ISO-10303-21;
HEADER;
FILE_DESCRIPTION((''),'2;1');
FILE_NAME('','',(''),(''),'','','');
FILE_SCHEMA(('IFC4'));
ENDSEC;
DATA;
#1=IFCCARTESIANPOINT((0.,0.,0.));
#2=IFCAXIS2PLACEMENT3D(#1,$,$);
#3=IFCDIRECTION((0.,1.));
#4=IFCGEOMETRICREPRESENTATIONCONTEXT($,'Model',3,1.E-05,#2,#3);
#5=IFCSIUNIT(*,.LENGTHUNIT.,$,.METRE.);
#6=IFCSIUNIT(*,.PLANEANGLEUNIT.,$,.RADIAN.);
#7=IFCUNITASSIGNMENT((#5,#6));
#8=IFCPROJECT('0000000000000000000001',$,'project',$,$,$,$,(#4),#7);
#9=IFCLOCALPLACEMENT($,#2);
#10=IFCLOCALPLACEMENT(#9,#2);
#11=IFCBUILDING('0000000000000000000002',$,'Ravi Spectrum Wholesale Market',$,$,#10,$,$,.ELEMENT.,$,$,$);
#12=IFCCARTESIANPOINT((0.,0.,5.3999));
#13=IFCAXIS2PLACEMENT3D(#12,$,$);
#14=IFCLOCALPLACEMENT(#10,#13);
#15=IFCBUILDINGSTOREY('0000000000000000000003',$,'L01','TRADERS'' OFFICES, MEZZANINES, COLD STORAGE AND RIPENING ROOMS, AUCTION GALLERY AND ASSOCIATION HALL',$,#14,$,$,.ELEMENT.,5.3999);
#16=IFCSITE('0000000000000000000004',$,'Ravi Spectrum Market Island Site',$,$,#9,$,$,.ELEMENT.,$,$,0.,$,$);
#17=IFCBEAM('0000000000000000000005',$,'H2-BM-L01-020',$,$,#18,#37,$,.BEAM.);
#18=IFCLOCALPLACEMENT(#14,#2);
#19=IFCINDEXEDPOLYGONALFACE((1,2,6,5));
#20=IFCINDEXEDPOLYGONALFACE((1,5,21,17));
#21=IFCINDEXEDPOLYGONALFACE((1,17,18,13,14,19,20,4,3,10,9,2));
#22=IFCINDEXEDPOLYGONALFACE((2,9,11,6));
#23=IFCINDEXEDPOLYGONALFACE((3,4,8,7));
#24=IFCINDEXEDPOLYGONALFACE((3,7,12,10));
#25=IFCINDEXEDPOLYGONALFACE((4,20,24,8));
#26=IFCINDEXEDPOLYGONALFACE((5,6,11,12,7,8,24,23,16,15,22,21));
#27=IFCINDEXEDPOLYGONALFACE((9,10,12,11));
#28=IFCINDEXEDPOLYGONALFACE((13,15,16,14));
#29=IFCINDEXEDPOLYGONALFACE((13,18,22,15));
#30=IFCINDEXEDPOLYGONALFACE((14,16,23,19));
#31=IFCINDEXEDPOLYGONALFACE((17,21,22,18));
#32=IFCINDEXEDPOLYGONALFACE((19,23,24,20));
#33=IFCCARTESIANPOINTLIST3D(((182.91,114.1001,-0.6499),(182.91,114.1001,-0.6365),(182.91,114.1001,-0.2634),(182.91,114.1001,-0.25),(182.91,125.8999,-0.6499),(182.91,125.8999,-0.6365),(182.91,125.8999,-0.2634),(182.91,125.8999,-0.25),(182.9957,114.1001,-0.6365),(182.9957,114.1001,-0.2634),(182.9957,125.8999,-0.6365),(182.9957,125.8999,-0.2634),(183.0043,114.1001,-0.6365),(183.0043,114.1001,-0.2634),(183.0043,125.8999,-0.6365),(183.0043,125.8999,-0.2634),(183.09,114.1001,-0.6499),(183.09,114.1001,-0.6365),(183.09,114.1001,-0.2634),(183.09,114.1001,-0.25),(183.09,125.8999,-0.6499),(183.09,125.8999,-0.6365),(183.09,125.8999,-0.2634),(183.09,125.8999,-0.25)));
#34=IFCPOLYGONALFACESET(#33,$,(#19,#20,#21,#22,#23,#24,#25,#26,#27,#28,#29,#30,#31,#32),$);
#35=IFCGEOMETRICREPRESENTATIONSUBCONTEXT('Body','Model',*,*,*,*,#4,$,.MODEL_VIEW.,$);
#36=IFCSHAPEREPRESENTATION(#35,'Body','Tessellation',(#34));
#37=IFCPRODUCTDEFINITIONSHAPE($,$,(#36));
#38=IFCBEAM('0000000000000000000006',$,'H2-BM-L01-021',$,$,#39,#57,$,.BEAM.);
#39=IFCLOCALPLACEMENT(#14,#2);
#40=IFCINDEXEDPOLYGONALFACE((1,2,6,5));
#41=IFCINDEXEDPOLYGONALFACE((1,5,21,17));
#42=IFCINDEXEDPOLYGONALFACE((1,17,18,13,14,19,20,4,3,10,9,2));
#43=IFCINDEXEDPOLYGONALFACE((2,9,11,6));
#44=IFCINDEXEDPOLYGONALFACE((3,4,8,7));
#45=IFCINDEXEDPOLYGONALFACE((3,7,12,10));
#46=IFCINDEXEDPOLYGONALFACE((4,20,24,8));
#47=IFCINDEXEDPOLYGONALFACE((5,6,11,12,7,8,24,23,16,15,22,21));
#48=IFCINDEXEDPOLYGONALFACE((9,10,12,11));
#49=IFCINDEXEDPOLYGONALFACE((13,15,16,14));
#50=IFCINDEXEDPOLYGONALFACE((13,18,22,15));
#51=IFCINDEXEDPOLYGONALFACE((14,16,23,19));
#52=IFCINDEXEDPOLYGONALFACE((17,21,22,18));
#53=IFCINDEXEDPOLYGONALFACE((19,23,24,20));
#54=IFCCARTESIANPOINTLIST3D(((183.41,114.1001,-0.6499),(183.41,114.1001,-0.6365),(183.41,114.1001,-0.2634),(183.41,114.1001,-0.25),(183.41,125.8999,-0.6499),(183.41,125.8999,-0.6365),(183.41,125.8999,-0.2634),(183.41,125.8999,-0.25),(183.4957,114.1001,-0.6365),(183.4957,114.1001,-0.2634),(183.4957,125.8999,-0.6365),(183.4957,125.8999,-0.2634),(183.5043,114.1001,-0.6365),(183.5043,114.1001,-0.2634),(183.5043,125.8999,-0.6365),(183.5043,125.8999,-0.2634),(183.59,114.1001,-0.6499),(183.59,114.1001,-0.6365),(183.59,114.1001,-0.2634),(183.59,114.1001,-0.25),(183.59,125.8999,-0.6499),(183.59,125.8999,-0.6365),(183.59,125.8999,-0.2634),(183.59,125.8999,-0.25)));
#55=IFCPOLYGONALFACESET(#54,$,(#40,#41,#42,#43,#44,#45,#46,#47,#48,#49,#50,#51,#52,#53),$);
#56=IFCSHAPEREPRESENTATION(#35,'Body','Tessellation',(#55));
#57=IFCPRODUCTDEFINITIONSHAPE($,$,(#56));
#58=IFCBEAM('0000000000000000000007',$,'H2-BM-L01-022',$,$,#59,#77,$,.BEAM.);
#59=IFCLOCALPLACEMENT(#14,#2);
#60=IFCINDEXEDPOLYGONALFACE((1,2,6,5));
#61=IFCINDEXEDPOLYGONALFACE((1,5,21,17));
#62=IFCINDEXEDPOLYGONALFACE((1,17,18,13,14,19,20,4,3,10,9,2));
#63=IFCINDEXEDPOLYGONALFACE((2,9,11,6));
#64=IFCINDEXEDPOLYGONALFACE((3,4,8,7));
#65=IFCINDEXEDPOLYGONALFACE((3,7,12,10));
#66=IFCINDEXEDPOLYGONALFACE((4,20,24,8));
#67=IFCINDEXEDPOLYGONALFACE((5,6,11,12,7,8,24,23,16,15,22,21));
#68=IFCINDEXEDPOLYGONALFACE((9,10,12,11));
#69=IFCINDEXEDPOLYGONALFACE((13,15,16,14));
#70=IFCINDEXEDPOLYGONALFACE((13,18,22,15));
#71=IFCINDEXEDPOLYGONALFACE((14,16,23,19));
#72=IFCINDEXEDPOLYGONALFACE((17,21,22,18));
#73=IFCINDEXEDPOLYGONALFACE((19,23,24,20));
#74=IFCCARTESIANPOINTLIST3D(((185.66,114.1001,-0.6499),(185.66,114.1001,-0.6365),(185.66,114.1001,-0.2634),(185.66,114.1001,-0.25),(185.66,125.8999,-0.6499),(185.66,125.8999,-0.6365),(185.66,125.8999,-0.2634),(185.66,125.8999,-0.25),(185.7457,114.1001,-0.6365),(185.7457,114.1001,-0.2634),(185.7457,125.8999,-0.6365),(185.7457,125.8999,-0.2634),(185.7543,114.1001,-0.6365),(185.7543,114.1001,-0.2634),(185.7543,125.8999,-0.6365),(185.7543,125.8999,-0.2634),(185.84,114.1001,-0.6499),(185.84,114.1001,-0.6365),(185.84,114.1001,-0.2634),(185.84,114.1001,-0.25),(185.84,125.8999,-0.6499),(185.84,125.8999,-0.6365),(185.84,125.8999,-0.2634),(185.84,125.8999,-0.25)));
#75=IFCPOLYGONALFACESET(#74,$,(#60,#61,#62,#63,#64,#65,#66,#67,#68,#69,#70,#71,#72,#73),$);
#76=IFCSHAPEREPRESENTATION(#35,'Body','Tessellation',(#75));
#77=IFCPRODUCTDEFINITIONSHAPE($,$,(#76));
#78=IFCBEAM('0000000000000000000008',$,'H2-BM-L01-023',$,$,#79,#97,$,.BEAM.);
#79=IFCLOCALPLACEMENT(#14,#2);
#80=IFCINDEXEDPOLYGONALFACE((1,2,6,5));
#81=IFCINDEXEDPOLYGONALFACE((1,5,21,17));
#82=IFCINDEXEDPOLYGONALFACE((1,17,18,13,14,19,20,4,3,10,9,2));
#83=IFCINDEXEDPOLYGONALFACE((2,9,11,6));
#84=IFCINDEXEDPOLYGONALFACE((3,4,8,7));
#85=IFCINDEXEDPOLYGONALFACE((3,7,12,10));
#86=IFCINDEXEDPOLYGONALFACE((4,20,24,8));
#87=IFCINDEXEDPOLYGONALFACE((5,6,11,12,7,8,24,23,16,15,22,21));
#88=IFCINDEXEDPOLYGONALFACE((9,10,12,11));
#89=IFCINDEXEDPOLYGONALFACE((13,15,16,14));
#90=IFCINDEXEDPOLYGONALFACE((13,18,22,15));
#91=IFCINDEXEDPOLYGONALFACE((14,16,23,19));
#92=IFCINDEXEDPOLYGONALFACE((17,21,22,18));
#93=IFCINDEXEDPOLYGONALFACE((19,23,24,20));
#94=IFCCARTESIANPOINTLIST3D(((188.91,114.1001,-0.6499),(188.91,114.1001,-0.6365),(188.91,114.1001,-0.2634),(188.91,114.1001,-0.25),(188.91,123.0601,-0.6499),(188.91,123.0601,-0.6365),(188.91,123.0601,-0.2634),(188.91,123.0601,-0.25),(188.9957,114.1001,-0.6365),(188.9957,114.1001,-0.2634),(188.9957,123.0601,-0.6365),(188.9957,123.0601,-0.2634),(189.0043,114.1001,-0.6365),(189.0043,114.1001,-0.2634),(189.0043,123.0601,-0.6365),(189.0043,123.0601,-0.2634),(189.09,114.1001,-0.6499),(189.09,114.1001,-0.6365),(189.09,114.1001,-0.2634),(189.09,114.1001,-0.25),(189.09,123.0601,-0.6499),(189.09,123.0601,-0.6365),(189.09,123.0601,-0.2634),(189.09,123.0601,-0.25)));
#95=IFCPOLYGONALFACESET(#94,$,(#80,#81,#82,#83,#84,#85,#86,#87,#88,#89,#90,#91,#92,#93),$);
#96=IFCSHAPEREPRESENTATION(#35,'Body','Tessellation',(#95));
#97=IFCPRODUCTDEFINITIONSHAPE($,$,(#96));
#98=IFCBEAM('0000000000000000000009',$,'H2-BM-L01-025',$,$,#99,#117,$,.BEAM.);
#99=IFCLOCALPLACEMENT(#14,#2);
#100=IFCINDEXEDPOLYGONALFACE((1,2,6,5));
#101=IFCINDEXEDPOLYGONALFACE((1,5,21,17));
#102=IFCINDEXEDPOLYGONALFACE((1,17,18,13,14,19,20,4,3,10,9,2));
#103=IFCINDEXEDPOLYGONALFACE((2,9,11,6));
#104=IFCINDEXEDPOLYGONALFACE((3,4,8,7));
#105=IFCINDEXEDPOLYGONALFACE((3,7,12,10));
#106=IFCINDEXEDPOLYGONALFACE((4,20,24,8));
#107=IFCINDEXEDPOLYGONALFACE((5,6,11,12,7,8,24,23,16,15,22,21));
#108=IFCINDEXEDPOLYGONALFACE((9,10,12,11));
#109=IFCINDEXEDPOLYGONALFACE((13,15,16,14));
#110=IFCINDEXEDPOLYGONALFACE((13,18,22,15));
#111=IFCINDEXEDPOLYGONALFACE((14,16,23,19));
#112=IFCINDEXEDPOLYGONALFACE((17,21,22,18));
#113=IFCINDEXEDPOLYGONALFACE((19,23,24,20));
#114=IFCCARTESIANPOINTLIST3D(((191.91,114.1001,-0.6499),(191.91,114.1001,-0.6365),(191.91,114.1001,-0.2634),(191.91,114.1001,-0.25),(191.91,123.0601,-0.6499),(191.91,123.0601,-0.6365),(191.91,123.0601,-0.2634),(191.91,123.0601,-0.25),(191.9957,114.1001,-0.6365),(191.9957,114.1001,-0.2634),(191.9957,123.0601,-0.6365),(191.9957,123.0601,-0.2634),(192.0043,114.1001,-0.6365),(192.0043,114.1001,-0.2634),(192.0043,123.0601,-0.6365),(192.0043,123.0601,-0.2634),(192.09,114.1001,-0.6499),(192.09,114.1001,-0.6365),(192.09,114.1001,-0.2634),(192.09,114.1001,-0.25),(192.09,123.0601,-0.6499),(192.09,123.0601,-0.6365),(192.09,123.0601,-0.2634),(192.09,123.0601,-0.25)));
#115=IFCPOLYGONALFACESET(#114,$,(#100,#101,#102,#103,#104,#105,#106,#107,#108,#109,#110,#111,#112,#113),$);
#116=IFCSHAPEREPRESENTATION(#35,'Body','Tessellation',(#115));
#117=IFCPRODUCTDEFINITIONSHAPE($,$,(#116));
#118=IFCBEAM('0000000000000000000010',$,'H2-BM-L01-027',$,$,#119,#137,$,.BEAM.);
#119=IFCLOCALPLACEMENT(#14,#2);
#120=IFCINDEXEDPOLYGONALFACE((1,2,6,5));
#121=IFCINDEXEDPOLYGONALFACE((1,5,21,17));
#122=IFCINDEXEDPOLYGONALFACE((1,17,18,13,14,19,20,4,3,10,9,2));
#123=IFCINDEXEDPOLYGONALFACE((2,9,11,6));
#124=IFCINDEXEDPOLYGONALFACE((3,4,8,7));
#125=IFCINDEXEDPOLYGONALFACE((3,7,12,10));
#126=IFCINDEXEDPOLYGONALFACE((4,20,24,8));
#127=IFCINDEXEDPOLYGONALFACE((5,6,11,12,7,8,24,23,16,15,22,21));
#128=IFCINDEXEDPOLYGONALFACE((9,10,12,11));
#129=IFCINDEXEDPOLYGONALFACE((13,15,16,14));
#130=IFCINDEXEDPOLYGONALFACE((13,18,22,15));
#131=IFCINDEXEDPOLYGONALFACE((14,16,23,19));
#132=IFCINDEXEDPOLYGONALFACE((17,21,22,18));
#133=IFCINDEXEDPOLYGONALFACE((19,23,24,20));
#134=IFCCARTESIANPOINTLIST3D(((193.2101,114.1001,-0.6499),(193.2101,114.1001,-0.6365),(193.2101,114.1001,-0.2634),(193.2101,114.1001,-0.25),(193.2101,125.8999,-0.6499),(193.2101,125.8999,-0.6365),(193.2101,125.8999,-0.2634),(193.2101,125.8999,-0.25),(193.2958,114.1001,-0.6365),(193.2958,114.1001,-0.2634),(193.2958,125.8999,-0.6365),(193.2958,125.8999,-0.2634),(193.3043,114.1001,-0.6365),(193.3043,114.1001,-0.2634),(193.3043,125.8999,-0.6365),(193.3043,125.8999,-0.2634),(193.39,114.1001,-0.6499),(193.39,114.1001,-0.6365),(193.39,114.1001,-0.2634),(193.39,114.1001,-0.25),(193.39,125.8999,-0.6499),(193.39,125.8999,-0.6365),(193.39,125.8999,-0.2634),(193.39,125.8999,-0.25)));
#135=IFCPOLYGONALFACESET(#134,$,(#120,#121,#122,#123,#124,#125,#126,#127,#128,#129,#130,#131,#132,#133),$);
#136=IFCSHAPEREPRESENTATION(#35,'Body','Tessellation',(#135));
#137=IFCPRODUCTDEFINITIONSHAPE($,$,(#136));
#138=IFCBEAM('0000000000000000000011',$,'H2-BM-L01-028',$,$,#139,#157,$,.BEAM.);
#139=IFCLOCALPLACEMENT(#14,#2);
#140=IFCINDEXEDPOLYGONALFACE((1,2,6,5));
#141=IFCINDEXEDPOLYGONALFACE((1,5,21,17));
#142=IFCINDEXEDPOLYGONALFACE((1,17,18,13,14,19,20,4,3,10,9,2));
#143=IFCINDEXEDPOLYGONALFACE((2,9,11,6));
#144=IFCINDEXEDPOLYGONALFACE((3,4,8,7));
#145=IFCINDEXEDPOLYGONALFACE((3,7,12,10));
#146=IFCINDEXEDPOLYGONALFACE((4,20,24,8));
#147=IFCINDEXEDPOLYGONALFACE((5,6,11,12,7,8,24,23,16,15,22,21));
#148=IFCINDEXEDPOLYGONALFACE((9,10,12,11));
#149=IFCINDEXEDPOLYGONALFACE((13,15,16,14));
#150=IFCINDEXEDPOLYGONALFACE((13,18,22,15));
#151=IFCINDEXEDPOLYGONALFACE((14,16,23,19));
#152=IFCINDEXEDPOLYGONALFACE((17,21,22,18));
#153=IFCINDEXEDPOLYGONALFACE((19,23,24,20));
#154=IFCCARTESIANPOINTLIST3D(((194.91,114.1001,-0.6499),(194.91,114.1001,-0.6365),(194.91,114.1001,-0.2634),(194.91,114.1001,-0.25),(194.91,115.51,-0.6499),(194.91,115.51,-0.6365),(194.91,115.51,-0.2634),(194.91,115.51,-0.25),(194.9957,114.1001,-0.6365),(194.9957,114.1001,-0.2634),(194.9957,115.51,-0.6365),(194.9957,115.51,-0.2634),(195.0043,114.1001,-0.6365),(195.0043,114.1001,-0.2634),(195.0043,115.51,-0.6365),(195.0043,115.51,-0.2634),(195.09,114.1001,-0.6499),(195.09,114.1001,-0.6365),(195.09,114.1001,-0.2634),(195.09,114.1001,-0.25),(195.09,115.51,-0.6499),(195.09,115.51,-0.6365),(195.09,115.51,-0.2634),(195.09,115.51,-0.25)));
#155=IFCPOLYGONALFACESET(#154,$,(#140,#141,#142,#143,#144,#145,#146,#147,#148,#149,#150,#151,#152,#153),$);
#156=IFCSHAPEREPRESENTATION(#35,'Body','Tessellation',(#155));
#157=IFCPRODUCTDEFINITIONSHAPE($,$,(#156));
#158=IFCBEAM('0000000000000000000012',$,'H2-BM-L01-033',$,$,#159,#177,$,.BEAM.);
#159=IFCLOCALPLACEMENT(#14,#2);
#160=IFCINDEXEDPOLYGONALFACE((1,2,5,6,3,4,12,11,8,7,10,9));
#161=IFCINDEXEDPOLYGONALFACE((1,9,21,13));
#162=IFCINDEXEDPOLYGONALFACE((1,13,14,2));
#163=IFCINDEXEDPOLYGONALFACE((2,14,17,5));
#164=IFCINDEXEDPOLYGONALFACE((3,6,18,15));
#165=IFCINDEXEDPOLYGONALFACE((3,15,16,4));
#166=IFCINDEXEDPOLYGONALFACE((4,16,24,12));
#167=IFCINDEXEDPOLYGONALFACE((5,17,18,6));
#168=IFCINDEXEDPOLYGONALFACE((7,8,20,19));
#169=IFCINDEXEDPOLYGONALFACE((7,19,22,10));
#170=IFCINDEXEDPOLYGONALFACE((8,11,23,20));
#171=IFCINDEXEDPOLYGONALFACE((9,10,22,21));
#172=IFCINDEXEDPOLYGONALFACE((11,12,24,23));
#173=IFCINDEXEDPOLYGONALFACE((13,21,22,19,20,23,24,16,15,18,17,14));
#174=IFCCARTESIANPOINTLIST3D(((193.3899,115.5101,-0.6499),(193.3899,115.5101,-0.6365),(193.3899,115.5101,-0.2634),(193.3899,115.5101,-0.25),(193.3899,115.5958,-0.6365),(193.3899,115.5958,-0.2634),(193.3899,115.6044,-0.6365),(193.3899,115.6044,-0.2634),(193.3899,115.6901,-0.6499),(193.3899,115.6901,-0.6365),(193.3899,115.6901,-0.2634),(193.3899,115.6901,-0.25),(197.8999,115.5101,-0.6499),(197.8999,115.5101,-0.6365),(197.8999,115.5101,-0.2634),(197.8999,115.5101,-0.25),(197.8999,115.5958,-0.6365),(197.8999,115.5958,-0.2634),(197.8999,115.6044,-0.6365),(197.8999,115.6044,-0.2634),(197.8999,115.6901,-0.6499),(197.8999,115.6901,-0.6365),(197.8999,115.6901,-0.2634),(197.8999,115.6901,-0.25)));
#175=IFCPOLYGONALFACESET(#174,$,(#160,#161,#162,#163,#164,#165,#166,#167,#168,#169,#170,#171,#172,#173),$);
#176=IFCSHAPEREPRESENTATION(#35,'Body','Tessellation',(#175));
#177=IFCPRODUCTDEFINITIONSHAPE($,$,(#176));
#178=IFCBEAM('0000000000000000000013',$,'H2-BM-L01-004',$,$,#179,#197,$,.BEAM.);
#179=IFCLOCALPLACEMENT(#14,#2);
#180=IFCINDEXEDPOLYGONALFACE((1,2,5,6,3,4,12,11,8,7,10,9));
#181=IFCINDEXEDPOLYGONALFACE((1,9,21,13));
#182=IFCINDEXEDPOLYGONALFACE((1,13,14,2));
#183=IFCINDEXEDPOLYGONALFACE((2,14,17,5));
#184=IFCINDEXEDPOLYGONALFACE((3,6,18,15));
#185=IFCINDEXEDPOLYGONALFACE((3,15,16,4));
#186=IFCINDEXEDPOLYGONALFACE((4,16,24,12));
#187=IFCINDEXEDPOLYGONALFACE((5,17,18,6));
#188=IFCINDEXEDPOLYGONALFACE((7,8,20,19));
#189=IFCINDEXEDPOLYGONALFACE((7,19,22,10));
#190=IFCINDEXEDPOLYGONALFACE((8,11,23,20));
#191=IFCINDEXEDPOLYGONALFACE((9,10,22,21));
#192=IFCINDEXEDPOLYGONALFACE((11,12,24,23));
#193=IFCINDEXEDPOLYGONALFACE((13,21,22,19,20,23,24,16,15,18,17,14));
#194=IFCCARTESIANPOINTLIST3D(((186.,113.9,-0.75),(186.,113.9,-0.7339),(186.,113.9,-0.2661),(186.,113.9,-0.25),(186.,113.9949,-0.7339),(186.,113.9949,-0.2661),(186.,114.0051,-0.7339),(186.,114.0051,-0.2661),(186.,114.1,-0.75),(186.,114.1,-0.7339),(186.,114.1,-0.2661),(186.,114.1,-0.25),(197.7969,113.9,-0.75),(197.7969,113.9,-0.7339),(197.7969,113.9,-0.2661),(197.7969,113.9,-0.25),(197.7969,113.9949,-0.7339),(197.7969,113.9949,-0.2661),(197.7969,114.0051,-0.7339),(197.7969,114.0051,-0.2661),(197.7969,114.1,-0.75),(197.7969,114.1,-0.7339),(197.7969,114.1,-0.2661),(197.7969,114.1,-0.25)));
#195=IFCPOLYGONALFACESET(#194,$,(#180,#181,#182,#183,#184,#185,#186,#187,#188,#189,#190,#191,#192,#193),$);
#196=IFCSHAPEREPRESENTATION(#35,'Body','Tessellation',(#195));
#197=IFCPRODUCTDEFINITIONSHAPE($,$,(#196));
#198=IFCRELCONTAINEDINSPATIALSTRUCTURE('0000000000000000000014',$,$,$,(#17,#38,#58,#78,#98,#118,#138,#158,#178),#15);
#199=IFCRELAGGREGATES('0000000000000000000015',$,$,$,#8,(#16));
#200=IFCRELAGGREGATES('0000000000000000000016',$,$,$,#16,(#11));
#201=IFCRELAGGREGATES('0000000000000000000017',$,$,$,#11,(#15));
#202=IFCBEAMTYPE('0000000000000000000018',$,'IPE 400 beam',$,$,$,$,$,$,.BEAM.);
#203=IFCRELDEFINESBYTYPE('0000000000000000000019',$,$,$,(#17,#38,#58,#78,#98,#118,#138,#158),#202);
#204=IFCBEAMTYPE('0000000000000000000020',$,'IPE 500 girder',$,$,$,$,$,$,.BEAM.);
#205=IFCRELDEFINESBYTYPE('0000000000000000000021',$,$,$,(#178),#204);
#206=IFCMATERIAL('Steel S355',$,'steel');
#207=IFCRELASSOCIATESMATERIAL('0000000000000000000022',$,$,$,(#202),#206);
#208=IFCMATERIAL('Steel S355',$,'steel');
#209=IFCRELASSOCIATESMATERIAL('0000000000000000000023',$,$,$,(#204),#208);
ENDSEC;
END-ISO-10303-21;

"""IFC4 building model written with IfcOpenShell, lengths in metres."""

from ifc_helpers import new_model, si_unit, direction, frame, origin, origin_2d, place, context, subcontext, project, spatial, i_section, extrude, material, material_profile, profile_set, type_object, element, save


model = new_model("IFC4")

# Units and contexts
model_context = context("Model", 3, precision=1e-05, world=origin(), true_north=direction((0.0, 1.0)))
body_context = subcontext(model_context, "Body", "Model", "MODEL_VIEW")
ifc_project = project(units=[si_unit("LENGTHUNIT", "METRE"), si_unit("PLANEANGLEUNIT", "RADIAN")], contexts=[model_context])

# Site, building, storey
site_placement = place(None, origin())
site = spatial("IfcSite", under=ifc_project, at=site_placement, Name="Ravi Spectrum Market Island Site", CompositionType="ELEMENT", RefElevation=0.0)
building_placement = place(site_placement, origin())
building = spatial("IfcBuilding", under=site, at=building_placement, Name="Ravi Spectrum Wholesale Market", CompositionType="ELEMENT")
storey_placement = place(building_placement, frame((0.0, 0.0, 5.3999)))
storey = spatial("IfcBuildingStorey", under=building, at=storey_placement, Name="L01", Description="TRADERS' OFFICES, MEZZANINES, COLD STORAGE AND RIPENING ROOMS, AUCTION GALLERY AND ASSOCIATION HALL", CompositionType="ELEMENT", Elevation=5.3999)

# Beams
ifc_material_1 = material(Name="Steel S355", Category="steel")
ifc_material_profile_1 = material_profile(ifc_material_1, i_section(OverallWidth=0.1799, OverallDepth=0.3999, WebThickness=0.0085, FlangeThickness=0.0134, at=origin_2d()))
ifc_profile_set_1 = profile_set([ifc_material_profile_1], Name="Steel S355")
beam_type_1 = type_object("IfcBeamType", Name="IPE 400 beam", PredefinedType="BEAM", material=ifc_profile_set_1)
for number, where, z_axis, x_axis, name in (
    (1, (183.0, 114.1001, -0.45), (0.0, 1.0, 0.0), (-1.0, 0.0, 0.0), "H2-BM-L01-020"),
    (2, (183.5, 114.1001, -0.45), (0.0, 1.0, 0.0), (-1.0, 0.0, 0.0), "H2-BM-L01-021"),
    (3, (185.75, 114.1001, -0.45), (0.0, 1.0, 0.0), (-1.0, 0.0, 0.0), "H2-BM-L01-022"),
):
    element("IfcBeam", number, at=place(storey_placement, frame(where, z_axis=z_axis, x_axis=x_axis)), inside=storey, type_object=beam_type_1, Name=name, PredefinedType="BEAM", context=body_context, shape_type="SweptSolid", body=[
        extrude(i_section(OverallWidth=0.1799, OverallDepth=0.3999, WebThickness=0.0085, FlangeThickness=0.0134, at=origin_2d()), origin(), (0.0, 0.0, 1.0), 11.7998),
    ])
for number, where, z_axis, x_axis, name in (
    (4, (189.0, 114.1001, -0.45), (0.0, 1.0, 0.0), (-1.0, 0.0, 0.0), "H2-BM-L01-023"),
    (5, (192.0, 114.1001, -0.45), (0.0, 1.0, 0.0), (-1.0, 0.0, 0.0), "H2-BM-L01-025"),
):
    element("IfcBeam", number, at=place(storey_placement, frame(where, z_axis=z_axis, x_axis=x_axis)), inside=storey, type_object=beam_type_1, Name=name, PredefinedType="BEAM", context=body_context, shape_type="SweptSolid", body=[
        extrude(i_section(OverallWidth=0.1799, OverallDepth=0.3999, WebThickness=0.0085, FlangeThickness=0.0134, at=origin_2d()), origin(), (0.0, 0.0, 1.0), 8.96),
    ])
beam_1_placement = place(storey_placement, frame((193.3, 114.1001, -0.45), z_axis=(0.0, 1.0, 0.0), x_axis=(-1.0, 0.0, 0.0)))
element("IfcBeam", 6, at=beam_1_placement, inside=storey, type_object=beam_type_1, Name="H2-BM-L01-027", PredefinedType="BEAM", context=body_context, shape_type="SweptSolid", body=[
    extrude(i_section(OverallWidth=0.1799, OverallDepth=0.3999, WebThickness=0.0085, FlangeThickness=0.0134, at=origin_2d()), origin(), (0.0, 0.0, 1.0), 11.7998),
])
beam_2_placement = place(storey_placement, frame((195.0, 114.1001, -0.45), z_axis=(0.0, 1.0, 0.0), x_axis=(-1.0, 0.0, 0.0)))
element("IfcBeam", 7, at=beam_2_placement, inside=storey, type_object=beam_type_1, Name="H2-BM-L01-028", PredefinedType="BEAM", context=body_context, shape_type="SweptSolid", body=[
    extrude(i_section(OverallWidth=0.1799, OverallDepth=0.3999, WebThickness=0.0085, FlangeThickness=0.0134, at=origin_2d()), origin(), (0.0, 0.0, 1.0), 1.4099),
])
beam_3_placement = place(storey_placement, frame((193.3899, 115.6001, -0.45), z_axis=(1.0, 0.0, 0.0), x_axis=(0.0, 1.0, 0.0)))
element("IfcBeam", 8, at=beam_3_placement, inside=storey, type_object=beam_type_1, Name="H2-BM-L01-033", PredefinedType="BEAM", context=body_context, shape_type="SweptSolid", body=[
    extrude(i_section(OverallWidth=0.1799, OverallDepth=0.3999, WebThickness=0.0085, FlangeThickness=0.0134, at=origin_2d()), origin(), (0.0, 0.0, 1.0), 4.51),
])
ifc_material_2 = material(Name="Steel S355", Category="steel")
ifc_material_profile_2 = material_profile(ifc_material_2, i_section(OverallWidth=0.2, OverallDepth=0.5, WebThickness=0.0103, FlangeThickness=0.0161, at=origin_2d()))
ifc_profile_set_2 = profile_set([ifc_material_profile_2], Name="Steel S355")
beam_type_2 = type_object("IfcBeamType", Name="IPE 500 girder", PredefinedType="BEAM", material=ifc_profile_set_2)
beam_4_placement = place(storey_placement, frame((186.0, 114.0, -0.5), z_axis=(1.0, 0.0, 0.0), x_axis=(0.0, 1.0, 0.0)))
element("IfcBeam", 9, at=beam_4_placement, inside=storey, type_object=beam_type_2, Name="H2-BM-L01-004", PredefinedType="BEAM", context=body_context, shape_type="SweptSolid", body=[
    extrude(i_section(OverallWidth=0.2, OverallDepth=0.5, WebThickness=0.0103, FlangeThickness=0.0161, at=origin_2d()), origin(), (0.0, 0.0, 1.0), 11.7969),
])

save(model, "model.ifc")
